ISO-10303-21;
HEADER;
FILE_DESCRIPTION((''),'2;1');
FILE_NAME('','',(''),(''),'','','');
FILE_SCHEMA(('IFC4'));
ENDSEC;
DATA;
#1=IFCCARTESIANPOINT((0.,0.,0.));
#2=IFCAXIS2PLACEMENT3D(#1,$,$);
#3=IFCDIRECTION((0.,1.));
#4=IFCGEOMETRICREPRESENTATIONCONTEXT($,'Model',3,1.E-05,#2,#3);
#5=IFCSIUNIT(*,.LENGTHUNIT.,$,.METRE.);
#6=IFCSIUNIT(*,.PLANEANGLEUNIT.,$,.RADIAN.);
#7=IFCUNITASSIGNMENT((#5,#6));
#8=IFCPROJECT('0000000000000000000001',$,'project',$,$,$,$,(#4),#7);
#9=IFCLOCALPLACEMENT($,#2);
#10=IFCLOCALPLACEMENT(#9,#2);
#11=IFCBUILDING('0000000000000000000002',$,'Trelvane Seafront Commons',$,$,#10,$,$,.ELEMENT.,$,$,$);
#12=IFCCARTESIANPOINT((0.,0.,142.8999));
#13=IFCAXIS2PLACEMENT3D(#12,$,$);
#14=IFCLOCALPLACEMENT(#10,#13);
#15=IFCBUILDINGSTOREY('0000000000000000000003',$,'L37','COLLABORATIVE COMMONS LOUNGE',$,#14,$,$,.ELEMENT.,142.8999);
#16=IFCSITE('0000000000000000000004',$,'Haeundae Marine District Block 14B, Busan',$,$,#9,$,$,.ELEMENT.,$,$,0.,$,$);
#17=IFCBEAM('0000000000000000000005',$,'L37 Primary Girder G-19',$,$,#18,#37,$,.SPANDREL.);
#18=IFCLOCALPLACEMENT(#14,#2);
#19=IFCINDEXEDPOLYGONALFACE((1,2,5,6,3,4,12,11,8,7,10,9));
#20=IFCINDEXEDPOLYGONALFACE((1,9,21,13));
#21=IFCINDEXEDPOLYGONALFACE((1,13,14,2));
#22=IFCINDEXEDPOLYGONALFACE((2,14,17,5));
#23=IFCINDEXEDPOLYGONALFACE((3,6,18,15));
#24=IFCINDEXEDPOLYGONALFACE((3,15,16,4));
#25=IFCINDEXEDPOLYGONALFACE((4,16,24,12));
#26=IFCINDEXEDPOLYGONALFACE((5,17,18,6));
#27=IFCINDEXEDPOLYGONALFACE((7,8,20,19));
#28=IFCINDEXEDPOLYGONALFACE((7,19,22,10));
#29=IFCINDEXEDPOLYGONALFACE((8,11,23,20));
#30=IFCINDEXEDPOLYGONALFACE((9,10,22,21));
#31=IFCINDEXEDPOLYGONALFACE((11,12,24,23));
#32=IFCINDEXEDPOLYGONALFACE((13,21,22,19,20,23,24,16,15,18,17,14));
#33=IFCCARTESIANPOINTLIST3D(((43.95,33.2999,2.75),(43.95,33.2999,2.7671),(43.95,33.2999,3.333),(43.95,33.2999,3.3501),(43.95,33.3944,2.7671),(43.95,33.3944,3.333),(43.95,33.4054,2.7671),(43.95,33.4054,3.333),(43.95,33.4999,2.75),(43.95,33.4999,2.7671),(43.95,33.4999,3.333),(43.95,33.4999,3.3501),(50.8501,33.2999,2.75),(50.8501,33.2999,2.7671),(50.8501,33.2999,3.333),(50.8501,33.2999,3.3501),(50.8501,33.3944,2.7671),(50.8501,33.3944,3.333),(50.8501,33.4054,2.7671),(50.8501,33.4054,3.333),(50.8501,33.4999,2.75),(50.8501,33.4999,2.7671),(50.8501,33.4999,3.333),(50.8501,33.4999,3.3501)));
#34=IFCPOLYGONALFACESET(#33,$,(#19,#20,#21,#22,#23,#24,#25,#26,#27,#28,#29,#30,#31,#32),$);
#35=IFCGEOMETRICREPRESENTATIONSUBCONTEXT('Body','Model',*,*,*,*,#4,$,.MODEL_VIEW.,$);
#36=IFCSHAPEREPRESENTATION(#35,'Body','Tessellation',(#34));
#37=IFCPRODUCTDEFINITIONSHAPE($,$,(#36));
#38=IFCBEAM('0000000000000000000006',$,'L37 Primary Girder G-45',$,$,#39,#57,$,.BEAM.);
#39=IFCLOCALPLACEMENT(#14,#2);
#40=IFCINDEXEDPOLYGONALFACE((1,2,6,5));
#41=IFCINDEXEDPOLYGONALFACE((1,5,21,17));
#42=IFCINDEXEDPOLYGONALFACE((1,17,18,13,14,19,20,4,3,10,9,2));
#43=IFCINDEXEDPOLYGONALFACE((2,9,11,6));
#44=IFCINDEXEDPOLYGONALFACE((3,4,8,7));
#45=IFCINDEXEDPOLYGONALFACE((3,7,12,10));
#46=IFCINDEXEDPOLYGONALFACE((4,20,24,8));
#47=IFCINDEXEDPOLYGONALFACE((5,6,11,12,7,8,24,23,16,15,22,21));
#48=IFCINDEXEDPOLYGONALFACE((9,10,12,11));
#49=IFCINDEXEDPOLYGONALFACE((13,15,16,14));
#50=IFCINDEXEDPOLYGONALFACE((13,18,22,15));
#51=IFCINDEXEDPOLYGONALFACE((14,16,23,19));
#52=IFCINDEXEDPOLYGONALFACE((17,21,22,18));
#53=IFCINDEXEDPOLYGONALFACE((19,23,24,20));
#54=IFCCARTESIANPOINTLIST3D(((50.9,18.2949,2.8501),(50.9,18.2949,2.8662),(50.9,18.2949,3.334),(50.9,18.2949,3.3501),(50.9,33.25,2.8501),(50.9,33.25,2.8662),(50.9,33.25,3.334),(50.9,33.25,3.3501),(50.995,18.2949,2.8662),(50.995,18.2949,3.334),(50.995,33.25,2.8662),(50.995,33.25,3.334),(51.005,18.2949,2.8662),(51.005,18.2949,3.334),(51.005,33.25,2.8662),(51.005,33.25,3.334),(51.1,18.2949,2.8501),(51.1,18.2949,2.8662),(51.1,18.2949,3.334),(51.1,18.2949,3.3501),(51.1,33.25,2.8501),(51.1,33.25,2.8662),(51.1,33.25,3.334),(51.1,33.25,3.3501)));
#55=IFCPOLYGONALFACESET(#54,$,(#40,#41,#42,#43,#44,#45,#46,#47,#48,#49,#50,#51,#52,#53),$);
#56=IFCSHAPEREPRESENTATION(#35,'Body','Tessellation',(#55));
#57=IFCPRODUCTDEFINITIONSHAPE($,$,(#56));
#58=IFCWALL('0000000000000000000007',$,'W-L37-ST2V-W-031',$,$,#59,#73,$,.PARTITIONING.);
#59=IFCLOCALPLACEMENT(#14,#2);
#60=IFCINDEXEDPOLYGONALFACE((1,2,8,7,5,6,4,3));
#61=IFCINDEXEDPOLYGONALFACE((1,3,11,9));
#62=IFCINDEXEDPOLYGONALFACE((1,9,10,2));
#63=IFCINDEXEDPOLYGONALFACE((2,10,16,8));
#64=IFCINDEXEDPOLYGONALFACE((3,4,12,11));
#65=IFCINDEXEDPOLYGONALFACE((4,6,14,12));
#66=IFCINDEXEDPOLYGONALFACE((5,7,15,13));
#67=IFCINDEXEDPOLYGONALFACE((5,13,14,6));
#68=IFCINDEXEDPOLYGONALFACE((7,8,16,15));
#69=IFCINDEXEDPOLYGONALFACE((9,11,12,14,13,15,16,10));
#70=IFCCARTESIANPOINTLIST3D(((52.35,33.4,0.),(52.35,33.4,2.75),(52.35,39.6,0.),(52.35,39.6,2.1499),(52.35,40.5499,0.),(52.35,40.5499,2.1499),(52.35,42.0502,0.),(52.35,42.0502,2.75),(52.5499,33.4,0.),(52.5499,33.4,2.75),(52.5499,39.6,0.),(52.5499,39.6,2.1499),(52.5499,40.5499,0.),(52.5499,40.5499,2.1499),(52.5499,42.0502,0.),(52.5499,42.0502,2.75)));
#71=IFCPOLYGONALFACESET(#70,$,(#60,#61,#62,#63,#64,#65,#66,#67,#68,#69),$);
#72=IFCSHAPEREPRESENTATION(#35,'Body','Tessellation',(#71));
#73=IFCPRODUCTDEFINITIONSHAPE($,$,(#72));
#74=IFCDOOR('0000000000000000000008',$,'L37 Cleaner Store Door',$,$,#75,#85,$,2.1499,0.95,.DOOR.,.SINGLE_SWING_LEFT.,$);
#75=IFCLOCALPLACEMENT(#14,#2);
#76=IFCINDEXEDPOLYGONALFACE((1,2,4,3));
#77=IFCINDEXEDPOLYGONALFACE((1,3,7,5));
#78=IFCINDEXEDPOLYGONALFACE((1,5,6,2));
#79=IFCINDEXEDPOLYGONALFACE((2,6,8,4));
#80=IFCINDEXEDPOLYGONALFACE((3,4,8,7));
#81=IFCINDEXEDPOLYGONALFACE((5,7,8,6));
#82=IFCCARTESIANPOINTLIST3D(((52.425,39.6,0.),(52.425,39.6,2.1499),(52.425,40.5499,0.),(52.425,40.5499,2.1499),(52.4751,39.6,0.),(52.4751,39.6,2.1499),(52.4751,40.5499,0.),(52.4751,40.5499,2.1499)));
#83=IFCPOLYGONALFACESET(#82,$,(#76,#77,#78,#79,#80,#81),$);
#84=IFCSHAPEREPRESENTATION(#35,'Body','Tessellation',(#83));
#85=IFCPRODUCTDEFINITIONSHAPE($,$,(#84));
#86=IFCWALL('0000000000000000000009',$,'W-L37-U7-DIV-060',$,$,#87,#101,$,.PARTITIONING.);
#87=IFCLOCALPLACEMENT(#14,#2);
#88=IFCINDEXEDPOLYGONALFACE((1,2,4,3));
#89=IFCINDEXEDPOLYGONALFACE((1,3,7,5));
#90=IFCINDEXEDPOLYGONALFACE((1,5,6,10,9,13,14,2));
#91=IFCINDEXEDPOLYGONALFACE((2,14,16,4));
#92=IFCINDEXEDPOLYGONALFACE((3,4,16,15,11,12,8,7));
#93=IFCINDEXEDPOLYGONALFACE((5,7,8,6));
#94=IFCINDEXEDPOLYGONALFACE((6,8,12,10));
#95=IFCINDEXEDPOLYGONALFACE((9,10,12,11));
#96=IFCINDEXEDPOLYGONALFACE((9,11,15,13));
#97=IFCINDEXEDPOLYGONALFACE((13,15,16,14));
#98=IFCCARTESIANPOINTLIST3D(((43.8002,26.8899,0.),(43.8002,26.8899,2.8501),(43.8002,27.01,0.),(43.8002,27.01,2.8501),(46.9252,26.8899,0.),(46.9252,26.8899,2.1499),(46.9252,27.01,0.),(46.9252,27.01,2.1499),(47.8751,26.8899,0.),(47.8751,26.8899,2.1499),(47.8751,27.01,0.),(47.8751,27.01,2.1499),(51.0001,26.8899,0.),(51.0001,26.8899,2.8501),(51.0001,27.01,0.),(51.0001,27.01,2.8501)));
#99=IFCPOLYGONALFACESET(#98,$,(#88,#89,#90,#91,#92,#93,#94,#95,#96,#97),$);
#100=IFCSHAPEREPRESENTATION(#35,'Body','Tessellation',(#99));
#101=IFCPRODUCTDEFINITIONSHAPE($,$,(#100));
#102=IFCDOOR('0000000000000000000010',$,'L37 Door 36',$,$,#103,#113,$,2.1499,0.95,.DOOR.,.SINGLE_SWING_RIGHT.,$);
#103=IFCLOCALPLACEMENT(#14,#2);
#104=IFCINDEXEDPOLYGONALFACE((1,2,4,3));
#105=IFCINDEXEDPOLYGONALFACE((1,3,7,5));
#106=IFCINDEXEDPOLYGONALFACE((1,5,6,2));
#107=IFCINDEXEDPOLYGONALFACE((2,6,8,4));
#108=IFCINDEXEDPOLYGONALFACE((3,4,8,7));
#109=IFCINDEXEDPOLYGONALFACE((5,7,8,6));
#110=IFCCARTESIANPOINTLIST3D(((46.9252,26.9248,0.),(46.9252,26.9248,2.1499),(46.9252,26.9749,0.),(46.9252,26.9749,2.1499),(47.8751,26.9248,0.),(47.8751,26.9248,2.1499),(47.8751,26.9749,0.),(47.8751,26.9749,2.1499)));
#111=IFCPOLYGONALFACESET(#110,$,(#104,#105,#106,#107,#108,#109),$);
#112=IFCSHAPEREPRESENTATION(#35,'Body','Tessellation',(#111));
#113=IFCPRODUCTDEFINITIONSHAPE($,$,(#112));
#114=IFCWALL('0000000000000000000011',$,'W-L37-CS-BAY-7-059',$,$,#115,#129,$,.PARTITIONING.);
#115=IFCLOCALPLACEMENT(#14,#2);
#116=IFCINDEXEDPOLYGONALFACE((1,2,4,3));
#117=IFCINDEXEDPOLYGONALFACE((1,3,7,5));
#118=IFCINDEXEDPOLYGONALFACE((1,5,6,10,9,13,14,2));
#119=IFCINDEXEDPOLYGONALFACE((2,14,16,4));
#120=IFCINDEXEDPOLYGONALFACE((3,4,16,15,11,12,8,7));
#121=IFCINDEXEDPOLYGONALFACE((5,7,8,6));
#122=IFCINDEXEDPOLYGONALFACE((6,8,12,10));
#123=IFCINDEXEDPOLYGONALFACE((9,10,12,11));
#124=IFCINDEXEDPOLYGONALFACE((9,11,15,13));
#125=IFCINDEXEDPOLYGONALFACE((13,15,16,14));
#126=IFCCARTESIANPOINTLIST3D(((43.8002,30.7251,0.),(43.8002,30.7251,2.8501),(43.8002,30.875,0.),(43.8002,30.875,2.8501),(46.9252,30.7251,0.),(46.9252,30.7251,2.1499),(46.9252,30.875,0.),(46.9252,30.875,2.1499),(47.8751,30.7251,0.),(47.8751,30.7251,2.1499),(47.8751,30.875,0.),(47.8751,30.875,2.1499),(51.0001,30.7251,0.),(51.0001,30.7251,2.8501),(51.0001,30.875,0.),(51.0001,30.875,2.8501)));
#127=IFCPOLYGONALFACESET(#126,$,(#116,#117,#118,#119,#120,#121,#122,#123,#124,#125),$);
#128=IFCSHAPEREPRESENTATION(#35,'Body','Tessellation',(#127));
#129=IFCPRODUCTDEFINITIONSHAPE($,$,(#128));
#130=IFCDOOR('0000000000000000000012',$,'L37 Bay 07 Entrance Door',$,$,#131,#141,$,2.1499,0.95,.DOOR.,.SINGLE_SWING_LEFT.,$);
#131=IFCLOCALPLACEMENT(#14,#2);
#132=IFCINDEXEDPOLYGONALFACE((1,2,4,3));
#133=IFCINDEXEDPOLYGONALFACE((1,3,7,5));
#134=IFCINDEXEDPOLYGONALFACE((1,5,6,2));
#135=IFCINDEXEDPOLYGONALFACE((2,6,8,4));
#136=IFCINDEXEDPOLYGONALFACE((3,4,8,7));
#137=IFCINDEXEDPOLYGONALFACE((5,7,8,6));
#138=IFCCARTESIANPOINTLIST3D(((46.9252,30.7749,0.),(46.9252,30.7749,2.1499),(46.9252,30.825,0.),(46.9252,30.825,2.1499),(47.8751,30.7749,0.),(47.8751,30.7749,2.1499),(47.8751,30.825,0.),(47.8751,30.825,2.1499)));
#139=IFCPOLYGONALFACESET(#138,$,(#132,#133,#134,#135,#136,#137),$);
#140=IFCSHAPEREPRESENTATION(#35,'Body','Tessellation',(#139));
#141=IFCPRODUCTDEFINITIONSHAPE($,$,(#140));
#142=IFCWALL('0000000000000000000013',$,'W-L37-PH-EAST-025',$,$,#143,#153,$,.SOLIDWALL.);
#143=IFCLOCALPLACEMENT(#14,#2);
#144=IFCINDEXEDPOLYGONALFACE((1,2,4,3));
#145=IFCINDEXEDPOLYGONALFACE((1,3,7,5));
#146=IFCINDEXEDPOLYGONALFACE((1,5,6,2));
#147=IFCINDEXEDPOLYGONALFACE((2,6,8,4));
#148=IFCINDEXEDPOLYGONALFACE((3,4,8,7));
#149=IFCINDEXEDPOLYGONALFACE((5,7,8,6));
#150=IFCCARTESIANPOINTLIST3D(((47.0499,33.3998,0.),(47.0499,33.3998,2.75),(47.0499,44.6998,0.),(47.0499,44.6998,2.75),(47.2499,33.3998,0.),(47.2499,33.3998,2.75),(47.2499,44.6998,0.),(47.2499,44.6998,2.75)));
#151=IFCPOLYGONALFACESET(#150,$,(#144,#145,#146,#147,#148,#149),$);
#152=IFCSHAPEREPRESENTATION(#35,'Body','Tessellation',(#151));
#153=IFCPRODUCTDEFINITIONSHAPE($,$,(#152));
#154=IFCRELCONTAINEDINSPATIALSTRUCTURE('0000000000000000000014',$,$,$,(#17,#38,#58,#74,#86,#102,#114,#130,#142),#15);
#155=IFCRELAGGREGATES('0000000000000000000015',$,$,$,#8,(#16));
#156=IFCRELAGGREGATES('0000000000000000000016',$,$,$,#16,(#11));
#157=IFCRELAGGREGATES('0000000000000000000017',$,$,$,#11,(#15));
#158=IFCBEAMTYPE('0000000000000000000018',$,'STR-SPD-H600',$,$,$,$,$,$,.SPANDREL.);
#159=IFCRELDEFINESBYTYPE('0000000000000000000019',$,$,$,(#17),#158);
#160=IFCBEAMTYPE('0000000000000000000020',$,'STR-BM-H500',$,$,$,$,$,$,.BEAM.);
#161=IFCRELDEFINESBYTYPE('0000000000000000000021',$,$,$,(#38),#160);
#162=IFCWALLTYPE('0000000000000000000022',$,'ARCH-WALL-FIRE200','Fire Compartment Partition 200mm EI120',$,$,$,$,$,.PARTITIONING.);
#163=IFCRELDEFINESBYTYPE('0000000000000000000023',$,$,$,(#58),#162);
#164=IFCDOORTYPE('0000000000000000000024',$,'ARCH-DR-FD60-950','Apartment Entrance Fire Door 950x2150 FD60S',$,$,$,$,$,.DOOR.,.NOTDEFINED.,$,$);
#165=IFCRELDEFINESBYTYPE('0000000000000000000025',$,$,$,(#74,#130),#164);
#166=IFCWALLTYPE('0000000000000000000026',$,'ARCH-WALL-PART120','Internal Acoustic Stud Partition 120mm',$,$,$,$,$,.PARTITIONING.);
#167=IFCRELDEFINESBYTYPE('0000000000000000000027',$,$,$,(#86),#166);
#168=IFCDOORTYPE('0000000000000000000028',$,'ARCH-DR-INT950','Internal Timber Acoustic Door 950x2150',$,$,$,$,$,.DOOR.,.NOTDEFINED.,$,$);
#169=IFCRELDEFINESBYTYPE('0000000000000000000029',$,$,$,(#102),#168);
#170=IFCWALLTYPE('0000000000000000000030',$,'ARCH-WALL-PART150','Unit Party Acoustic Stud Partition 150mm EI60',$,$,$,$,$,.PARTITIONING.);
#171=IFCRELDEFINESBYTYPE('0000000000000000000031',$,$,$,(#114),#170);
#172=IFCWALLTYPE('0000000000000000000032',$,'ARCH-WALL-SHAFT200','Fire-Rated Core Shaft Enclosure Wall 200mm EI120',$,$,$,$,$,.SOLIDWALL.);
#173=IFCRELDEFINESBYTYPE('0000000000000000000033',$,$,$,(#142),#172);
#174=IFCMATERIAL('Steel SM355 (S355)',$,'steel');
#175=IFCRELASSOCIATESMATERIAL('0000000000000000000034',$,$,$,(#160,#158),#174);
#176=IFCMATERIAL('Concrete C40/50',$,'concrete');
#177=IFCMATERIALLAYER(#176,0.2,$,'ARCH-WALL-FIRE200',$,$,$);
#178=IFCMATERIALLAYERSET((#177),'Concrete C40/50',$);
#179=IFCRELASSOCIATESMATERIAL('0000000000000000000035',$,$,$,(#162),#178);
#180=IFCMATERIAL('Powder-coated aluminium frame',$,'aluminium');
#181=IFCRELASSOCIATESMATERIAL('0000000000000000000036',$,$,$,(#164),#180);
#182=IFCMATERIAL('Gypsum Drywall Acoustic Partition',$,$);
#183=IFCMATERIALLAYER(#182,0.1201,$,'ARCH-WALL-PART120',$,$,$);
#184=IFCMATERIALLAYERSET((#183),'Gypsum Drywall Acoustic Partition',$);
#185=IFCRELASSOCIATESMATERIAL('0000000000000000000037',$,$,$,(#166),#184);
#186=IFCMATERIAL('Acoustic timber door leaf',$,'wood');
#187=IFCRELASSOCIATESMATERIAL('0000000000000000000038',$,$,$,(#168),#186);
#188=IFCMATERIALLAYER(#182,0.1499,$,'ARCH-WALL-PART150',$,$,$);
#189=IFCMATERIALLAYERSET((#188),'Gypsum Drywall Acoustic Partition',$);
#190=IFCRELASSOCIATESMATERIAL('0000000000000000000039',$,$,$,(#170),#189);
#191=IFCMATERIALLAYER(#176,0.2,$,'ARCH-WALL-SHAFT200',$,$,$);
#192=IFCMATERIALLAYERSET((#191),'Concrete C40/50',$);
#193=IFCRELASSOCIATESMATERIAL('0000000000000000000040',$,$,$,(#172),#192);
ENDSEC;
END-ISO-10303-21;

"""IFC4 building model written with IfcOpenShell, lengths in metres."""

from ifc_helpers import new_model, si_unit, direction, frame, frame_2d, origin, origin_2d, place, context, subcontext, project, spatial, rectangle, i_section, extrude, source, transform, mapped, material, layer, layer_set, material_profile, profile_set, type_object, element, fill, save


model = new_model("IFC4")

# Units and contexts
model_context = context("Model", 3, precision=1e-05, world=origin(), true_north=direction((0.0, 1.0)))
body_context = subcontext(model_context, "Body", "Model", "MODEL_VIEW")
ifc_project = project(units=[si_unit("LENGTHUNIT", "METRE"), si_unit("PLANEANGLEUNIT", "RADIAN")], contexts=[model_context])

# Site, building, storey
site_placement = place(None, origin())
site = spatial("IfcSite", under=ifc_project, at=site_placement, Name="Haeundae Marine District Block 14B, Busan", CompositionType="ELEMENT", RefElevation=0.0)
building_placement = place(site_placement, origin())
building = spatial("IfcBuilding", under=site, at=building_placement, Name="Trelvane Seafront Commons", CompositionType="ELEMENT")
storey_placement = place(building_placement, frame((0.0, 0.0, 142.8999)))
storey = spatial("IfcBuildingStorey", under=building, at=storey_placement, Name="L37", Description="COLLABORATIVE COMMONS LOUNGE", CompositionType="ELEMENT", Elevation=142.8999)

# Beams
ifc_material_1 = material(Name="Steel SM355 (S355)", Category="steel")
ifc_material_profile_1 = material_profile(ifc_material_1, i_section(OverallWidth=0.2, OverallDepth=0.5, WebThickness=0.01, FlangeThickness=0.0161, at=origin_2d()), Name="H-500x200x10x16")
ifc_profile_set_1 = profile_set([ifc_material_profile_1], Name="Steel SM355 (S355)")
beam_type_1 = type_object("IfcBeamType", Name="STR-BM-H500", PredefinedType="BEAM", material=ifc_profile_set_1)
ifc_material_profile_2 = material_profile(ifc_material_1, i_section(OverallWidth=0.2, OverallDepth=0.6001, WebThickness=0.011, FlangeThickness=0.0171, at=origin_2d()), Name="H-600x200x11x17")
ifc_profile_set_2 = profile_set([ifc_material_profile_2], Name="Steel SM355 (S355)")
beam_type_2 = type_object("IfcBeamType", Name="STR-SPD-H600", PredefinedType="SPANDREL", material=ifc_profile_set_2)
shared_shape_1 = source(origin(), body_context, "Body", "SweptSolid", [
    extrude(i_section(OverallWidth=0.2, OverallDepth=0.6001, WebThickness=0.011, FlangeThickness=0.0171, at=origin_2d()), origin(), (0.0, 0.0, 1.0), 6.9001),
])
beam_1_placement = place(storey_placement, frame((43.95, 33.3999, 3.05), z_axis=(1.0, 0.0, 0.0), x_axis=(0.0, 1.0, 0.0)))
element("IfcBeam", 1, at=beam_1_placement, inside=storey, type_object=beam_type_2, Name="L37 Primary Girder G-19", PredefinedType="SPANDREL", context=body_context, shape_type="MappedRepresentation", body=[
    mapped(shared_shape_1, transform((0.0, 0.0, 0.0), x_axis=(1.0, 0.0, 0.0), y_axis=(0.0, 1.0, 0.0), z_axis=(0.0, 0.0, 1.0), scale=1.0)),
])
shared_shape_2 = source(origin(), body_context, "Body", "SweptSolid", [
    extrude(i_section(OverallWidth=0.2, OverallDepth=0.5, WebThickness=0.01, FlangeThickness=0.0161, at=origin_2d()), origin(), (0.0, 0.0, 1.0), 14.9551),
])
beam_2_placement = place(storey_placement, frame((51.0, 18.2949, 3.1001), z_axis=(0.0, 1.0, 0.0), x_axis=(-1.0, 0.0, 0.0)))
element("IfcBeam", 2, at=beam_2_placement, inside=storey, type_object=beam_type_1, Name="L37 Primary Girder G-45", PredefinedType="BEAM", context=body_context, shape_type="MappedRepresentation", body=[
    mapped(shared_shape_2, transform((0.0, 0.0, 0.0), x_axis=(1.0, 0.0, 0.0), y_axis=(0.0, 1.0, 0.0), z_axis=(0.0, 0.0, 1.0), scale=1.0)),
])

# Wall, opening, door
ifc_material_2 = material(Name="Concrete C40/50", Category="concrete")
ifc_layer_1 = layer(ifc_material_2, 0.2, Name="ARCH-WALL-FIRE200")
ifc_layer_set_1 = layer_set([ifc_layer_1], Name="Concrete C40/50")
wall_type_1 = type_object("IfcWallType", Name="ARCH-WALL-FIRE200", Description="Fire Compartment Partition 200mm EI120", PredefinedType="PARTITIONING", material=ifc_layer_set_1)
wall_1_placement = place(storey_placement, frame((52.45, 33.3999, 0.0), z_axis=(0.0, 0.0, 1.0), x_axis=(0.0, 1.0, 0.0)))
wall_1 = element("IfcWall", 3, at=wall_1_placement, inside=storey, type_object=wall_type_1, Name="W-L37-ST2V-W-031", PredefinedType="PARTITIONING", context=body_context, shape_type="SweptSolid", body=[
    extrude(rectangle(XDim=8.6501, YDim=0.2, at=frame_2d((4.3252, 0.0))), origin(), (0.0, 0.0, 1.0), 2.75),
])
opening_1_placement = place(wall_1_placement, frame((6.2, 0.0, 0.0)))
opening_1 = element("IfcOpeningElement", 4, at=opening_1_placement, cuts=wall_1, PredefinedType="OPENING", context=body_context, shape_type="SweptSolid", body=[
    extrude(rectangle(XDim=0.95, YDim=2.1499, at=frame_2d((0.4751, 1.075))), frame((0.0, 0.1099, 0.0), z_axis=(0.0, -1.0, 0.0), x_axis=(1.0, 0.0, 0.0)), (0.0, 0.0, 1.0), 0.22),
])
ifc_material_3 = material(Name="Powder-coated aluminium frame", Category="aluminium")
door_type_1 = type_object("IfcDoorType", Name="ARCH-DR-FD60-950", Description="Apartment Entrance Fire Door 950x2150 FD60S", OperationType="NOTDEFINED", PredefinedType="DOOR", material=ifc_material_3)
shared_shape_3 = source(origin(), body_context, "Body", "SweptSolid", [
    extrude(rectangle(XDim=0.95, YDim=2.1499, at=frame_2d((0.4751, 1.075))), frame((0.0, 0.0249, 0.0), z_axis=(0.0, -1.0, 0.0), x_axis=(1.0, 0.0, 0.0)), (0.0, 0.0, 1.0), 0.05),
])
door_1_placement = place(opening_1_placement, origin())
door_1 = element("IfcDoor", 5, at=door_1_placement, inside=storey, type_object=door_type_1, Name="L37 Cleaner Store Door", OperationType="SINGLE_SWING_LEFT", OverallHeight=2.1499, OverallWidth=0.95, PredefinedType="DOOR", context=body_context, shape_type="MappedRepresentation", body=[
    mapped(shared_shape_3, transform((0.0, 0.0, 0.0), x_axis=(1.0, 0.0, 0.0), y_axis=(0.0, 1.0, 0.0), z_axis=(0.0, 0.0, 1.0), scale=1.0)),
])
fill(opening_1, door_1)

# Walls, openings, doors
ifc_material_4 = material(Name="Gypsum Drywall Acoustic Partition")
ifc_layer_2 = layer(ifc_material_4, 0.1201, Name="ARCH-WALL-PART120")
ifc_layer_set_2 = layer_set([ifc_layer_2], Name="Gypsum Drywall Acoustic Partition")
wall_type_2 = type_object("IfcWallType", Name="ARCH-WALL-PART120", Description="Internal Acoustic Stud Partition 120mm", PredefinedType="PARTITIONING", material=ifc_layer_set_2)
wall_2_placement = place(storey_placement, frame((43.8, 26.95, 0.0), z_axis=(0.0, 0.0, 1.0), x_axis=(1.0, 0.0, 0.0)))
wall_2 = element("IfcWall", 6, at=wall_2_placement, inside=storey, type_object=wall_type_2, Name="W-L37-U7-DIV-060", PredefinedType="PARTITIONING", context=body_context, shape_type="SweptSolid", body=[
    extrude(rectangle(XDim=7.2, YDim=0.1201, at=frame_2d((3.6001, 0.0))), origin(), (0.0, 0.0, 1.0), 2.8501),
])
opening_2_placement = place(wall_2_placement, frame((3.125, 0.0, 0.0)))
opening_2 = element("IfcOpeningElement", 7, at=opening_2_placement, cuts=wall_2, PredefinedType="OPENING", context=body_context, shape_type="SweptSolid", body=[
    extrude(rectangle(XDim=0.95, YDim=2.1499, at=frame_2d((0.4751, 1.075))), frame((0.0, 0.0701, 0.0), z_axis=(0.0, -1.0, 0.0), x_axis=(1.0, 0.0, 0.0)), (0.0, 0.0, 1.0), 0.1401),
])
ifc_material_5 = material(Name="Acoustic timber door leaf", Category="wood")
door_type_2 = type_object("IfcDoorType", Name="ARCH-DR-INT950", Description="Internal Timber Acoustic Door 950x2150", OperationType="NOTDEFINED", PredefinedType="DOOR", material=ifc_material_5)
door_2_placement = place(opening_2_placement, origin())
door_2 = element("IfcDoor", 8, at=door_2_placement, inside=storey, type_object=door_type_2, Name="L37 Door 36", OperationType="SINGLE_SWING_RIGHT", OverallHeight=2.1499, OverallWidth=0.95, PredefinedType="DOOR", context=body_context, shape_type="MappedRepresentation", body=[
    mapped(shared_shape_3, transform((0.0, 0.0, 0.0), x_axis=(1.0, 0.0, 0.0), y_axis=(0.0, 1.0, 0.0), z_axis=(0.0, 0.0, 1.0), scale=1.0)),
])
fill(opening_2, door_2)
ifc_layer_3 = layer(ifc_material_4, 0.1499, Name="ARCH-WALL-PART150")
ifc_layer_set_3 = layer_set([ifc_layer_3], Name="Gypsum Drywall Acoustic Partition")
wall_type_3 = type_object("IfcWallType", Name="ARCH-WALL-PART150", Description="Unit Party Acoustic Stud Partition 150mm EI60", PredefinedType="PARTITIONING", material=ifc_layer_set_3)
wall_3_placement = place(storey_placement, frame((43.8, 30.8, 0.0), z_axis=(0.0, 0.0, 1.0), x_axis=(1.0, 0.0, 0.0)))
wall_3 = element("IfcWall", 9, at=wall_3_placement, inside=storey, type_object=wall_type_3, Name="W-L37-CS-BAY-7-059", PredefinedType="PARTITIONING", context=body_context, shape_type="SweptSolid", body=[
    extrude(rectangle(XDim=7.2, YDim=0.1499, at=frame_2d((3.6001, 0.0))), origin(), (0.0, 0.0, 1.0), 2.8501),
])
opening_3_placement = place(wall_3_placement, frame((3.125, 0.0, 0.0)))
opening_3 = element("IfcOpeningElement", 10, at=opening_3_placement, cuts=wall_3, PredefinedType="OPENING", context=body_context, shape_type="SweptSolid", body=[
    extrude(rectangle(XDim=0.95, YDim=2.1499, at=frame_2d((0.4751, 1.075))), frame((0.0, 0.085, 0.0), z_axis=(0.0, -1.0, 0.0), x_axis=(1.0, 0.0, 0.0)), (0.0, 0.0, 1.0), 0.1699),
])
door_3_placement = place(opening_3_placement, origin())
door_3 = element("IfcDoor", 11, at=door_3_placement, inside=storey, type_object=door_type_1, Name="L37 Bay 07 Entrance Door", OperationType="SINGLE_SWING_LEFT", OverallHeight=2.1499, OverallWidth=0.95, PredefinedType="DOOR", context=body_context, shape_type="MappedRepresentation", body=[
    mapped(shared_shape_3, transform((0.0, 0.0, 0.0), x_axis=(1.0, 0.0, 0.0), y_axis=(0.0, 1.0, 0.0), z_axis=(0.0, 0.0, 1.0), scale=1.0)),
])
fill(opening_3, door_3)

# Wall
ifc_layer_4 = layer(ifc_material_2, 0.2, Name="ARCH-WALL-SHAFT200")
ifc_layer_set_4 = layer_set([ifc_layer_4], Name="Concrete C40/50")
wall_type_4 = type_object("IfcWallType", Name="ARCH-WALL-SHAFT200", Description="Fire-Rated Core Shaft Enclosure Wall 200mm EI120", PredefinedType="SOLIDWALL", material=ifc_layer_set_4)
wall_4_placement = place(storey_placement, frame((47.1499, 33.3999, 0.0), z_axis=(0.0, 0.0, 1.0), x_axis=(0.0, 1.0, 0.0)))
element("IfcWall", 12, at=wall_4_placement, inside=storey, type_object=wall_type_4, Name="W-L37-PH-EAST-025", PredefinedType="SOLIDWALL", context=body_context, shape_type="SweptSolid", body=[
    extrude(rectangle(XDim=11.3, YDim=0.2, at=frame_2d((5.6499, 0.0))), origin(), (0.0, 0.0, 1.0), 2.75),
])

save(model, "model.ifc")
